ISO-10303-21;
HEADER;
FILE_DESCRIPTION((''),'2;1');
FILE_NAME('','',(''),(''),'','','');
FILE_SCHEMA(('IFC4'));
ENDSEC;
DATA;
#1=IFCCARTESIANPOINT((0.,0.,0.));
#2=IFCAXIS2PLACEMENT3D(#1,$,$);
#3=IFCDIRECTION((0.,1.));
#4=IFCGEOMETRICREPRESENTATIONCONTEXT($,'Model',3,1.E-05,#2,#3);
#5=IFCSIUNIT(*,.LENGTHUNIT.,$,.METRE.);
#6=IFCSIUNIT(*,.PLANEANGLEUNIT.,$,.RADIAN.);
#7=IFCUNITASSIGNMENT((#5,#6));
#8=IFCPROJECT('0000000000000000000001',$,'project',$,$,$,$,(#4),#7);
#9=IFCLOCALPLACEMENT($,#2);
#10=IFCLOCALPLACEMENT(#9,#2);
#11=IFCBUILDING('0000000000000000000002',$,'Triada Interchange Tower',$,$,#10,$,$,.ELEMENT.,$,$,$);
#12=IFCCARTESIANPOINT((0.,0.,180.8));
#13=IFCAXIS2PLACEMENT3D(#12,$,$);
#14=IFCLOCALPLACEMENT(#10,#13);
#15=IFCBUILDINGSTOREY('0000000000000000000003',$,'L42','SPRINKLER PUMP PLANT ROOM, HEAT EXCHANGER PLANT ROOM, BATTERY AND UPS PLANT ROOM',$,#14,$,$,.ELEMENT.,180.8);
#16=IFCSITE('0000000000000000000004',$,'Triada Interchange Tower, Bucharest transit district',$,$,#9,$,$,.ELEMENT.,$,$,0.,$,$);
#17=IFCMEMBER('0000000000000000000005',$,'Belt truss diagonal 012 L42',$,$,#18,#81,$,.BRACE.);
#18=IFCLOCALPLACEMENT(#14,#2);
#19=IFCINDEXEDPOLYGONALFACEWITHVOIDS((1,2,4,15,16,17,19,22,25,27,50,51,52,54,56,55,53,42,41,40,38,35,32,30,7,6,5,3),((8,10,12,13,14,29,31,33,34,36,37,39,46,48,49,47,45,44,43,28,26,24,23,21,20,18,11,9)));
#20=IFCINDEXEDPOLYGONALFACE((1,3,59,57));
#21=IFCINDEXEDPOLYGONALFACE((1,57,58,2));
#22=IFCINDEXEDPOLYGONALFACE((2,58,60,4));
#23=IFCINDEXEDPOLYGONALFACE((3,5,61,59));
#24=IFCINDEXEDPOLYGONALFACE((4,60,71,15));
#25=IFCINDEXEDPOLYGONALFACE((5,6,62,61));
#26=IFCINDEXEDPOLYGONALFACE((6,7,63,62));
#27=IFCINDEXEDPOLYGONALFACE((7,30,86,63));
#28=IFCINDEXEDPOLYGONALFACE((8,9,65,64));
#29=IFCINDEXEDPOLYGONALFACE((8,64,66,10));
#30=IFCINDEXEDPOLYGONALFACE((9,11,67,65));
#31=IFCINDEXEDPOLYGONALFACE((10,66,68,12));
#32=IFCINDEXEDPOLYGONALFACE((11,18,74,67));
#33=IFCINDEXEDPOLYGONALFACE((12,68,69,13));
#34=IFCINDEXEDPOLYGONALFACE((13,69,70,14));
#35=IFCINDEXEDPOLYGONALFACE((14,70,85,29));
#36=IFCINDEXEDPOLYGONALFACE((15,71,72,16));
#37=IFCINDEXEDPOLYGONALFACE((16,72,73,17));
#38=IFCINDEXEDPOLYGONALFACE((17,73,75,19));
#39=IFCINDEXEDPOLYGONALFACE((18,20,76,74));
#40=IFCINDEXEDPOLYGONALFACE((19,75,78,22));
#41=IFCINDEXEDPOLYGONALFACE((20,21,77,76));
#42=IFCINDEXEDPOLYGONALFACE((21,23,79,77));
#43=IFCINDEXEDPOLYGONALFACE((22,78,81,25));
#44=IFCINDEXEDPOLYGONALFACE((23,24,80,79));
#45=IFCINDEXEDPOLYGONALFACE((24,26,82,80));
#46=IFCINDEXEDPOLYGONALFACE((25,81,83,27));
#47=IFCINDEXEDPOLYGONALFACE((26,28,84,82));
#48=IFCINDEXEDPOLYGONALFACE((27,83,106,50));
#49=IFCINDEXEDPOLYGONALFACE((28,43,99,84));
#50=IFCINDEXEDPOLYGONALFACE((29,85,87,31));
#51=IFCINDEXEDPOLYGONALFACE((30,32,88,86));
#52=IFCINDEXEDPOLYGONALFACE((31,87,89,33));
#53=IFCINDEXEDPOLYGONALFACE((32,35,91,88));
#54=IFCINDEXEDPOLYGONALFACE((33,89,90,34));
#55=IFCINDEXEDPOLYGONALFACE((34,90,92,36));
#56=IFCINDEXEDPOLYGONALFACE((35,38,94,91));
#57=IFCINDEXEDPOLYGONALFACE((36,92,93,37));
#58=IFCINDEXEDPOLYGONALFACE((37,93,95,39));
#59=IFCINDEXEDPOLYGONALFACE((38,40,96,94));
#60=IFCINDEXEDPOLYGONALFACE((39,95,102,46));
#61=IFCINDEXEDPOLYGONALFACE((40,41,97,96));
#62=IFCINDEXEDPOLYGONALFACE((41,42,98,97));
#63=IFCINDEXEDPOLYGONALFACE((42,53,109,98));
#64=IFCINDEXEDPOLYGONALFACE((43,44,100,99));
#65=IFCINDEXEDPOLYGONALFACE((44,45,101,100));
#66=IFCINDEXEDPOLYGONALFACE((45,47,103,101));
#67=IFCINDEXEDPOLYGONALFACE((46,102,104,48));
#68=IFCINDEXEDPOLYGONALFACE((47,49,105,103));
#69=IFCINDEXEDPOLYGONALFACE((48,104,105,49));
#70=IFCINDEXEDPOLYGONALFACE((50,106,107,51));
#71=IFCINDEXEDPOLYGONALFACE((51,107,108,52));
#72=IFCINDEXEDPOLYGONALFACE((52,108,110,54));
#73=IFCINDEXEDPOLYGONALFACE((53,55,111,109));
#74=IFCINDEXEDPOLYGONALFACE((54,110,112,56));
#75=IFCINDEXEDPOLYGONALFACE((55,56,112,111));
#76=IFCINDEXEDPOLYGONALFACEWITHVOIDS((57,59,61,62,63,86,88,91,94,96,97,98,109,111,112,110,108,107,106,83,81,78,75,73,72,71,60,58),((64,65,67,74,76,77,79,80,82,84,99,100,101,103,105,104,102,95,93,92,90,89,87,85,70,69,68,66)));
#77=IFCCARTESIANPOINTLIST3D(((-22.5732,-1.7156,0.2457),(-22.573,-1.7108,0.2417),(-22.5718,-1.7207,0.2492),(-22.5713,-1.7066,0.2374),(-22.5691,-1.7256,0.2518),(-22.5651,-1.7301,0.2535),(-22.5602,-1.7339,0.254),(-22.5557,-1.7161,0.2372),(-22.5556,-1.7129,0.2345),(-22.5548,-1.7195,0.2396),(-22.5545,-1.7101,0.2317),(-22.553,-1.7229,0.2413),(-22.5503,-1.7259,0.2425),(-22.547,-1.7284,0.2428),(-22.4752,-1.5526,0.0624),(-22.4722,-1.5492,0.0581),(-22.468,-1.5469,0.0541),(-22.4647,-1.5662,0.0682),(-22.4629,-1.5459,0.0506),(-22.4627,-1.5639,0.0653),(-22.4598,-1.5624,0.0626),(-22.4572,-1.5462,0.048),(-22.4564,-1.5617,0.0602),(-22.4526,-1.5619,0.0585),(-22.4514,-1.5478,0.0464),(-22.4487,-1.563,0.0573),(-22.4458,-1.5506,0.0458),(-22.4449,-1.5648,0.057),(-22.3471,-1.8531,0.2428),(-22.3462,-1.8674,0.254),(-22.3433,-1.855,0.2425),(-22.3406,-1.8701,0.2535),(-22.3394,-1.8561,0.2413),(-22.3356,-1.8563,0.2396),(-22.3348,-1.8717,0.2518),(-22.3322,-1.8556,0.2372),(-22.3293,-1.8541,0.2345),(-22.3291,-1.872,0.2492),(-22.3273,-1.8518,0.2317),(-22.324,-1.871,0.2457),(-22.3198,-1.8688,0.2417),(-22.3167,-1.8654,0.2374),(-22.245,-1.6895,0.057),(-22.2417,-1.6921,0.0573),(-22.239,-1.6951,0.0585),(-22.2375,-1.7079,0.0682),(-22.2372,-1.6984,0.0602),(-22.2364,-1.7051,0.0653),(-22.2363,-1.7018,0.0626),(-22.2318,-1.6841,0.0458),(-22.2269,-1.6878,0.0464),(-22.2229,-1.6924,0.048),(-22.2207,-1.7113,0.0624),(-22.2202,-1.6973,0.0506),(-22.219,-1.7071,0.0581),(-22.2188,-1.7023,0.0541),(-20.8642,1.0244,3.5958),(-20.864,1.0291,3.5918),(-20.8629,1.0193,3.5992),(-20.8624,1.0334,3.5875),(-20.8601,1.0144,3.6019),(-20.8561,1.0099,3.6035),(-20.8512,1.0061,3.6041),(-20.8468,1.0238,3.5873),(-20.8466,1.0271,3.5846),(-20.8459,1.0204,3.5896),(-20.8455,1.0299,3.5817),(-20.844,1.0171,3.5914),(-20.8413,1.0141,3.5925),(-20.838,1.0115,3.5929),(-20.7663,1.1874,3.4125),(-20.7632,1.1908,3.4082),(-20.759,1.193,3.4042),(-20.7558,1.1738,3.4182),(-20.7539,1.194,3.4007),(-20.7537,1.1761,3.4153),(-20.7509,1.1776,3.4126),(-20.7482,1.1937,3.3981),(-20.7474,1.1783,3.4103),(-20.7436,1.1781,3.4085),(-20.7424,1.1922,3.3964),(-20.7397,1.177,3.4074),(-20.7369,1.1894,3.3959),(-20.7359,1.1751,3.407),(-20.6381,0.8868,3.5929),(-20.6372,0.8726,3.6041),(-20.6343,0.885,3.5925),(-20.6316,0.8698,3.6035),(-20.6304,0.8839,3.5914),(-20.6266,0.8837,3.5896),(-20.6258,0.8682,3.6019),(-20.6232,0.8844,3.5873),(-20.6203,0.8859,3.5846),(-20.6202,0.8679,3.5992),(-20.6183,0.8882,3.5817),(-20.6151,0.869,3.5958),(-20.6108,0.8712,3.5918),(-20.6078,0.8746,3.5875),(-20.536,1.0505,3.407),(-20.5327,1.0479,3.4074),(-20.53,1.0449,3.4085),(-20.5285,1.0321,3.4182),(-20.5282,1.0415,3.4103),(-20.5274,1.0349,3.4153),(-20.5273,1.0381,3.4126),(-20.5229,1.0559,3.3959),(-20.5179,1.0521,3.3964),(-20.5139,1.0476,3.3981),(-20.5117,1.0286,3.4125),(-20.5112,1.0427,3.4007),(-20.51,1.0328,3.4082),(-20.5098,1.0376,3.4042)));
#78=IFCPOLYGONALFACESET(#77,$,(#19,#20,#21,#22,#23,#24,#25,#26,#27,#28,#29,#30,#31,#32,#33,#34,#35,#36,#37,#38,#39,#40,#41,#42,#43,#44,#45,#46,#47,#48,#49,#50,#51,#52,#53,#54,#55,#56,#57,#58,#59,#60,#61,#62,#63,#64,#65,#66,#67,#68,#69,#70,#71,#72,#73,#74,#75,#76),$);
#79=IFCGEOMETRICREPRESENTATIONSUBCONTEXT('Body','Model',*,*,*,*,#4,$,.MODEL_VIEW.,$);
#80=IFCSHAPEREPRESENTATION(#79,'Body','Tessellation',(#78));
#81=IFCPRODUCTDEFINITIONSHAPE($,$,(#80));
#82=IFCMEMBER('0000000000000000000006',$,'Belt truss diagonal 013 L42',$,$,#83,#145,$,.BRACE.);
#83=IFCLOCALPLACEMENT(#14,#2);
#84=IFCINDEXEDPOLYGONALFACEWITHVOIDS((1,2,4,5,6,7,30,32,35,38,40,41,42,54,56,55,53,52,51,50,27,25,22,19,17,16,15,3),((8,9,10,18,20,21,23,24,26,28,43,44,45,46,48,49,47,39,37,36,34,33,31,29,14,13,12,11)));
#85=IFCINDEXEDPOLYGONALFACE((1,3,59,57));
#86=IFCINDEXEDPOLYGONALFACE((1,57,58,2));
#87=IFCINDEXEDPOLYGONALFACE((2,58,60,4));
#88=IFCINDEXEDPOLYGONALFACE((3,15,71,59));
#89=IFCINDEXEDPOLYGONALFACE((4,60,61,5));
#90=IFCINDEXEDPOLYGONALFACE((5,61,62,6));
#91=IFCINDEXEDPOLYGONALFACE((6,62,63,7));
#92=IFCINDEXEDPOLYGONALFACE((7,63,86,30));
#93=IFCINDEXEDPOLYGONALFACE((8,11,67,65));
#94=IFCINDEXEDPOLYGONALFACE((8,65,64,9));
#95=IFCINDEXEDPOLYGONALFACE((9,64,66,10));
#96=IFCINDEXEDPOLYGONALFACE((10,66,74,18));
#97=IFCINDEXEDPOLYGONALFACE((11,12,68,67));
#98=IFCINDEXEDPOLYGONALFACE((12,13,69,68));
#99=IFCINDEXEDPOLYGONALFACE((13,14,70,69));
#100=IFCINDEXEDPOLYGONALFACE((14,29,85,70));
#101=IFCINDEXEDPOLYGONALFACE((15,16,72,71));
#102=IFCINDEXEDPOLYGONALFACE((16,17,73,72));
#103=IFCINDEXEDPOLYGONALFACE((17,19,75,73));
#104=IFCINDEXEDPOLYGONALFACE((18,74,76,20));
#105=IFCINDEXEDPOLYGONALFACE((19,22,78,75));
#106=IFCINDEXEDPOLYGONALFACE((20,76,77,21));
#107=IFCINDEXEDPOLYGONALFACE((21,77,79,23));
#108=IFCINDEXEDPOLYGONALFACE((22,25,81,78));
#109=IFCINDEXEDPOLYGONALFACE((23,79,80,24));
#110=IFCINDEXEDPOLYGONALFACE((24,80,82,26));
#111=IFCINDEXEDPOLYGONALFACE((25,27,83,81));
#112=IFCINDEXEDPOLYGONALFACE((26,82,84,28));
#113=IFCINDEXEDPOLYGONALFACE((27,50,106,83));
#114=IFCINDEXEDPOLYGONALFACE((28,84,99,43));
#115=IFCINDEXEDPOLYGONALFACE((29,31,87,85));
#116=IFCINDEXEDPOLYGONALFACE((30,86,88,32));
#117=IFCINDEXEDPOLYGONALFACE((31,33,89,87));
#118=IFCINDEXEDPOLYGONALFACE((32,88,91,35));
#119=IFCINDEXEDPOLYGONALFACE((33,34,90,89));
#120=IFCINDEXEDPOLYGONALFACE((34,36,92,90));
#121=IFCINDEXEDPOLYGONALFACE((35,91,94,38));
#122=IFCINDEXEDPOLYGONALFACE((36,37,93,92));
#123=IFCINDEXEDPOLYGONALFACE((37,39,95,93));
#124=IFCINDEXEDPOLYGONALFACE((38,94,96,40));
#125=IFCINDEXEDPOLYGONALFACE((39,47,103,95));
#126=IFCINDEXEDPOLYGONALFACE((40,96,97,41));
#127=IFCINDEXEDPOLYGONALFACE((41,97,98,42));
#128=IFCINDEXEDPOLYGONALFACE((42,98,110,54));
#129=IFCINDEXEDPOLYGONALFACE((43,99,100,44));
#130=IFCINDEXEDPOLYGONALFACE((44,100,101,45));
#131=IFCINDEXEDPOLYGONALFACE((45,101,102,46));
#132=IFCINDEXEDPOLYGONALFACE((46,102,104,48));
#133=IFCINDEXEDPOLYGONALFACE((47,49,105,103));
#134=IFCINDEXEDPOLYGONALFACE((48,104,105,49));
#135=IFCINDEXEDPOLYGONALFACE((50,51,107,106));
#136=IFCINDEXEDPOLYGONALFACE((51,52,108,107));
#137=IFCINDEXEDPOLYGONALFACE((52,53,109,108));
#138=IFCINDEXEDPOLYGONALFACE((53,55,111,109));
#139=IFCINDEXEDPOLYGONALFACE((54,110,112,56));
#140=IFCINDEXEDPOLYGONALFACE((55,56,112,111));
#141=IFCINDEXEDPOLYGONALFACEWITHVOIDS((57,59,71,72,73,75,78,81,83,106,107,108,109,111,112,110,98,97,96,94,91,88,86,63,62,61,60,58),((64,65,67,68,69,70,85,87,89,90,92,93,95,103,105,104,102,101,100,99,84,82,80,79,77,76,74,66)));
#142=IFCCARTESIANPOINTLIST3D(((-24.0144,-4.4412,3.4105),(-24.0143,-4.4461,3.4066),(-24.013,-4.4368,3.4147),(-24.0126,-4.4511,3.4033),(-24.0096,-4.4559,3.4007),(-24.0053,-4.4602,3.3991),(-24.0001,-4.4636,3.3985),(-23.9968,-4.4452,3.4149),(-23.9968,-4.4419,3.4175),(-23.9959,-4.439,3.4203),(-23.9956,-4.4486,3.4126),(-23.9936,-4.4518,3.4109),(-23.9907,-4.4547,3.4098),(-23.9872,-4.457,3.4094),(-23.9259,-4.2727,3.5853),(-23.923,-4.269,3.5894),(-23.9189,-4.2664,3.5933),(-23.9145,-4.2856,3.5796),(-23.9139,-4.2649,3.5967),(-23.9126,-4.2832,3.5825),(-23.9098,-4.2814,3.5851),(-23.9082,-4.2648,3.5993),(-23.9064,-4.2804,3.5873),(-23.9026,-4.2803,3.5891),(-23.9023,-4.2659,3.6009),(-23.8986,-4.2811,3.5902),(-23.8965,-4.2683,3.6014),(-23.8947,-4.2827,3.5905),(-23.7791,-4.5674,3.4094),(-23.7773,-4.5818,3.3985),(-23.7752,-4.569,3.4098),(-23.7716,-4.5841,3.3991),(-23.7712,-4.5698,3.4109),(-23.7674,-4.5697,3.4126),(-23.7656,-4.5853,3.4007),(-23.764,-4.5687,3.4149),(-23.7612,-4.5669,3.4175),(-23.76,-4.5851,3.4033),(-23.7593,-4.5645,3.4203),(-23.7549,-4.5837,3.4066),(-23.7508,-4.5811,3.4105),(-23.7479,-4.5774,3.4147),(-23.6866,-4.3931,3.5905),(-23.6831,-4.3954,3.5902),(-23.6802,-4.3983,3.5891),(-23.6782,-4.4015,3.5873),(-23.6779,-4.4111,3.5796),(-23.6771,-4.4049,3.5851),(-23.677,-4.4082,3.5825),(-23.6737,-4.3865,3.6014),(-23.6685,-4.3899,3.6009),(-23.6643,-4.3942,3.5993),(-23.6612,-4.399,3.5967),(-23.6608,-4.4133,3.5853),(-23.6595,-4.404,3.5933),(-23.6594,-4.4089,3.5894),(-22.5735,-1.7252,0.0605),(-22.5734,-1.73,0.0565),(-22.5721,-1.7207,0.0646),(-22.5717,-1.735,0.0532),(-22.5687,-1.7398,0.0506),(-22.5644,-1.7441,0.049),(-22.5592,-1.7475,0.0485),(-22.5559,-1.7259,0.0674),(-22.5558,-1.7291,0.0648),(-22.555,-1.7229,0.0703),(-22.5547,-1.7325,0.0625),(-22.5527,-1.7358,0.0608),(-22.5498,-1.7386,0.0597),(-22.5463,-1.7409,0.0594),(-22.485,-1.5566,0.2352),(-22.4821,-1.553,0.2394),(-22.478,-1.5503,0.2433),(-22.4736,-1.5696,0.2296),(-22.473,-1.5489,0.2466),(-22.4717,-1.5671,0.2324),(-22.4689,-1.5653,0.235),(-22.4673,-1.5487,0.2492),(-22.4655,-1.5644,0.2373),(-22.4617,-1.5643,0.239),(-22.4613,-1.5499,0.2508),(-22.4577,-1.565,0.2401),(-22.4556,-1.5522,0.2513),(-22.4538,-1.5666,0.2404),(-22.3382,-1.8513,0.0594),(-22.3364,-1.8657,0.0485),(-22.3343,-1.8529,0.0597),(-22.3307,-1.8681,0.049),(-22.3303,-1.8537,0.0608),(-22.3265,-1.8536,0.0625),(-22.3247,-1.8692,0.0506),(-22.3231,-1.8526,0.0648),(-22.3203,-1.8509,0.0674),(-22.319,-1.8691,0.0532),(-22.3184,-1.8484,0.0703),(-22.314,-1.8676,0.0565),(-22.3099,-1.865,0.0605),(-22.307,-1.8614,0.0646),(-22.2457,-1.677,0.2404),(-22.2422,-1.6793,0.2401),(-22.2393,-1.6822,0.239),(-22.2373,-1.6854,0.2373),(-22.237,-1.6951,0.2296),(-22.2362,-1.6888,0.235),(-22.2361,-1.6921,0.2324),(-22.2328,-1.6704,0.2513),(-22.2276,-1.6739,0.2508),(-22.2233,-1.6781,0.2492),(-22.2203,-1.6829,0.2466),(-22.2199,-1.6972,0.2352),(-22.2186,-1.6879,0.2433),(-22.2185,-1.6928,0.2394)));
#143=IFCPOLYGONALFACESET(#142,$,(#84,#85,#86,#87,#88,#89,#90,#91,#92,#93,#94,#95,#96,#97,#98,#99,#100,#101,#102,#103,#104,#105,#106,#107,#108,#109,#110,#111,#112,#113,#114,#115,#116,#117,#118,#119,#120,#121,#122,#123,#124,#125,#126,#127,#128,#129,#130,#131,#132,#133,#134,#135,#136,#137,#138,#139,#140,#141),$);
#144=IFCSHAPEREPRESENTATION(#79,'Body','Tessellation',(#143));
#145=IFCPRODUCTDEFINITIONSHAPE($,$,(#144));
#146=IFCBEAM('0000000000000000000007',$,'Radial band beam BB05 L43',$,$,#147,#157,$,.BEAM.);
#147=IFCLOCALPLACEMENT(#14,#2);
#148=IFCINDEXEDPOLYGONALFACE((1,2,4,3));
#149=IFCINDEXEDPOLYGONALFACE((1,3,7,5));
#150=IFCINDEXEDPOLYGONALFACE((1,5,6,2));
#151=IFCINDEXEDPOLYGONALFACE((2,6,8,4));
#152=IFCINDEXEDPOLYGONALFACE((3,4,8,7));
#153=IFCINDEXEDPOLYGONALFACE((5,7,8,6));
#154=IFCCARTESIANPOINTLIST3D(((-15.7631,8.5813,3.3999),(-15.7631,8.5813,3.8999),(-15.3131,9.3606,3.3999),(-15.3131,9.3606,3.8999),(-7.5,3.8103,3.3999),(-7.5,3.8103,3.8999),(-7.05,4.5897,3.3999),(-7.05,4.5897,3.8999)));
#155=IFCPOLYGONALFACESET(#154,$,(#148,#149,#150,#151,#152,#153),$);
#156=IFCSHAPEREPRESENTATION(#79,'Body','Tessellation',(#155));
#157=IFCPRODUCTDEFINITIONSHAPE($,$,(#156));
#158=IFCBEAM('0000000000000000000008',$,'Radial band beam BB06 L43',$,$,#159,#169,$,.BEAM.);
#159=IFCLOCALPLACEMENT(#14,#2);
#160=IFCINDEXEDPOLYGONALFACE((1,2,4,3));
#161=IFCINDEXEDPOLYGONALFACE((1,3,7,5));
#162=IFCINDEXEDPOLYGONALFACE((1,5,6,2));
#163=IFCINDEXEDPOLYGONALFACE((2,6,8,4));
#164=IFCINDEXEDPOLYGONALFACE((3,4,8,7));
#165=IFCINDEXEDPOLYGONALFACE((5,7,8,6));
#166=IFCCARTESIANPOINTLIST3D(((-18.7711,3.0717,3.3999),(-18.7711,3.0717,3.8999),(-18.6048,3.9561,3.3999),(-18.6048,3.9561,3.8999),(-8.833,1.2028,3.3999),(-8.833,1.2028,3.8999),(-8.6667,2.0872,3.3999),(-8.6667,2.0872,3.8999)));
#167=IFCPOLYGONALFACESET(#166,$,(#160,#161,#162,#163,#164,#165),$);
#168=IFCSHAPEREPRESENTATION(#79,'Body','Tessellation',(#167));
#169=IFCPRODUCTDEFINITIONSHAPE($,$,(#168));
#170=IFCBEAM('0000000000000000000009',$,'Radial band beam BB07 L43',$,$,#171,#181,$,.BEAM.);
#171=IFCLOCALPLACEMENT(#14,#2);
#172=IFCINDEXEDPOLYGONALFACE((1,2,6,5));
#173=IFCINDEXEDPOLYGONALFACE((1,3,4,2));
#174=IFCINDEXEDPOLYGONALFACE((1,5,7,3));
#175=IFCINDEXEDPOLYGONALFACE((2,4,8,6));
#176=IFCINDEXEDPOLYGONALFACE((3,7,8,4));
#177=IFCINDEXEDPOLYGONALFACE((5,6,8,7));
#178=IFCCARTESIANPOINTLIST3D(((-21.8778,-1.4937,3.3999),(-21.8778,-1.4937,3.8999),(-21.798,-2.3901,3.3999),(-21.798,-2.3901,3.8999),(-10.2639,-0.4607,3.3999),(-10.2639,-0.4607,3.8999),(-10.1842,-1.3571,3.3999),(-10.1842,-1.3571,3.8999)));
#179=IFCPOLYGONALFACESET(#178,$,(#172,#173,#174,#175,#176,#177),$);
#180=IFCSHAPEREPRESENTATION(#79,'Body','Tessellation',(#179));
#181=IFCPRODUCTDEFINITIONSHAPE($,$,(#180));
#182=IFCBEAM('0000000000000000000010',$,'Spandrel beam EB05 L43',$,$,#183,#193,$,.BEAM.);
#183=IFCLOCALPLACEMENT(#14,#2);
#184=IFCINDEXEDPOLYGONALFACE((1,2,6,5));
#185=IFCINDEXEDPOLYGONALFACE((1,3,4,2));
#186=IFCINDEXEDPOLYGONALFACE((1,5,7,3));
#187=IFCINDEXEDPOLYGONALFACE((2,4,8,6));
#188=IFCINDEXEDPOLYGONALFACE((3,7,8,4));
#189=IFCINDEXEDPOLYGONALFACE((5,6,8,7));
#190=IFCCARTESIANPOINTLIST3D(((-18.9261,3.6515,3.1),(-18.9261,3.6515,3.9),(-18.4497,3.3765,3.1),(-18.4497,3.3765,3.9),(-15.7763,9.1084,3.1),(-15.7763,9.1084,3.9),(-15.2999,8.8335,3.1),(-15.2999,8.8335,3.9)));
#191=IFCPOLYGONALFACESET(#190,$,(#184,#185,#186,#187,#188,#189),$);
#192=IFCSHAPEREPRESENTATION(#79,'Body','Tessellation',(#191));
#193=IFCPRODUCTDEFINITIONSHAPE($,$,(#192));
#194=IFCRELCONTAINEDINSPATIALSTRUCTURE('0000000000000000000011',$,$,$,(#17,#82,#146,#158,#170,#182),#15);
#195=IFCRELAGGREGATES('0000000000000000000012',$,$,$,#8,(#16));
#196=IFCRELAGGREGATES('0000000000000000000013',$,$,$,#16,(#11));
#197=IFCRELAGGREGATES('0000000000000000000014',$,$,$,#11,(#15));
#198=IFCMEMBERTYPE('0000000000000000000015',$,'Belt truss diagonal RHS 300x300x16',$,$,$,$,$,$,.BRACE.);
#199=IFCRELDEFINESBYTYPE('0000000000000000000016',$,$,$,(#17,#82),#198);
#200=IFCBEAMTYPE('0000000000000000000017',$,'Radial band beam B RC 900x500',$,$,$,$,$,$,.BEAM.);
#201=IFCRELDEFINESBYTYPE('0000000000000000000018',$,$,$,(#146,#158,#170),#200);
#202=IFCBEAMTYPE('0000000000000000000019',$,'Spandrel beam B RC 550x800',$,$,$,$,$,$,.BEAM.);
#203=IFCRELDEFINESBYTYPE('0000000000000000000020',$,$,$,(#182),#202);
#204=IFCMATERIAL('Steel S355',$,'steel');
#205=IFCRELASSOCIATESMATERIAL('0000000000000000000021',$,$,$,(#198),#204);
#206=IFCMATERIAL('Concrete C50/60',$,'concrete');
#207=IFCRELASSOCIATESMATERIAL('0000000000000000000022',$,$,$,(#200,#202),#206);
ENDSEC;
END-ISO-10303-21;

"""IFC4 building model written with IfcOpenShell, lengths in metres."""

from ifc_helpers import new_model, si_unit, direction, frame, origin, origin_2d, place, context, subcontext, project, spatial, rectangle, hollow_rectangle, extrude, material, material_profile, profile_set, type_object, element, save


model = new_model("IFC4")

# Units and contexts
model_context = context("Model", 3, precision=1e-05, world=origin(), true_north=direction((0.0, 1.0)))
body_context = subcontext(model_context, "Body", "Model", "MODEL_VIEW")
ifc_project = project(units=[si_unit("LENGTHUNIT", "METRE"), si_unit("PLANEANGLEUNIT", "RADIAN")], contexts=[model_context])

# Site, building, storey
site_placement = place(None, origin())
site = spatial("IfcSite", under=ifc_project, at=site_placement, Name="Triada Interchange Tower, Bucharest transit district", CompositionType="ELEMENT", RefElevation=0.0)
building_placement = place(site_placement, origin())
building = spatial("IfcBuilding", under=site, at=building_placement, Name="Triada Interchange Tower", CompositionType="ELEMENT")
storey_placement = place(building_placement, frame((0.0, 0.0, 180.8)))
storey = spatial("IfcBuildingStorey", under=building, at=storey_placement, Name="L42", Description="SPRINKLER PUMP PLANT ROOM, HEAT EXCHANGER PLANT ROOM, BATTERY AND UPS PLANT ROOM", CompositionType="ELEMENT", Elevation=180.8)

# Members
ifc_material_1 = material(Name="Steel S355", Category="steel")
ifc_material_profile_1 = material_profile(ifc_material_1, hollow_rectangle(XDim=0.3, YDim=0.3, WallThickness=0.0161, InnerFilletRadius=0.0161, OuterFilletRadius=0.0239, at=origin_2d()), Name="RHS 300x300x16")
ifc_profile_set_1 = profile_set([ifc_material_profile_1], Name="Steel S355")
member_type = type_object("IfcMemberType", Name="Belt truss diagonal RHS 300x300x16", PredefinedType="BRACE", material=ifc_profile_set_1)
member_1_placement = place(storey_placement, frame((-22.396, -1.709, 0.1499), z_axis=(0.367279, 0.588853, 0.719971), x_axis=(-0.848486, 0.529217, 0.0)))
element("IfcMember", 1, at=member_1_placement, inside=storey, type_object=member_type, Name="Belt truss diagonal 012 L42", PredefinedType="BRACE", context=body_context, shape_type="SweptSolid", body=[
    extrude(hollow_rectangle(XDim=0.3, YDim=0.3, WallThickness=0.0161, InnerFilletRadius=0.0161, OuterFilletRadius=0.0239, at=origin_2d()), origin(), (0.0, 0.0, 1.0), 4.6531),
])
member_2_placement = place(storey_placement, frame((-22.396, -1.709, 0.1499), z_axis=(-0.316885, -0.597314, 0.73675), x_axis=(0.883384, -0.46865, 0.0)))
element("IfcMember", 2, at=member_2_placement, inside=storey, type_object=member_type, Name="Belt truss diagonal 013 L42", PredefinedType="BRACE", context=body_context, shape_type="SweptSolid", body=[
    extrude(hollow_rectangle(XDim=0.3, YDim=0.3, WallThickness=0.0161, InnerFilletRadius=0.0161, OuterFilletRadius=0.0239, at=origin_2d()), origin(), (0.0, 0.0, 1.0), 4.5471),
])

# Beams
ifc_material_2 = material(Name="Concrete C50/60", Category="concrete")
ifc_material_profile_2 = material_profile(ifc_material_2, rectangle(XDim=0.8999, YDim=0.5, at=origin_2d()), Name="RC 900x500")
ifc_profile_set_2 = profile_set([ifc_material_profile_2], Name="Concrete C50/60")
beam_type_1 = type_object("IfcBeamType", Name="Radial band beam B RC 900x500", PredefinedType="BEAM", material=ifc_profile_set_2)
beam_1_placement = place(storey_placement, frame((-15.5381, 8.9709, 3.6499), z_axis=(0.866014, -0.500019, 0.0), x_axis=(0.500019, 0.866014, 0.0)))
element("IfcBeam", 3, at=beam_1_placement, inside=storey, type_object=beam_type_1, Name="Radial band beam BB05 L43", PredefinedType="BEAM", context=body_context, shape_type="SweptSolid", body=[
    extrude(rectangle(XDim=0.8999, YDim=0.5, at=origin_2d()), origin(), (0.0, 0.0, 1.0), 9.5415),
])
beam_2_placement = place(storey_placement, frame((-18.688, 3.5139, 3.6499), z_axis=(0.982773, -0.184816, 0.0), x_axis=(0.184816, 0.982773, 0.0)))
element("IfcBeam", 4, at=beam_2_placement, inside=storey, type_object=beam_type_1, Name="Radial band beam BB06 L43", PredefinedType="BEAM", context=body_context, shape_type="SweptSolid", body=[
    extrude(rectangle(XDim=0.8999, YDim=0.5, at=origin_2d()), origin(), (0.0, 0.0, 1.0), 10.1123),
])
beam_3_placement = place(storey_placement, frame((-21.8379, -1.9419, 3.6499), z_axis=(0.996068, 0.088593, 0.0), x_axis=(-0.088593, 0.996068, 0.0)))
element("IfcBeam", 5, at=beam_3_placement, inside=storey, type_object=beam_type_1, Name="Radial band beam BB07 L43", PredefinedType="BEAM", context=body_context, shape_type="SweptSolid", body=[
    extrude(rectangle(XDim=0.8999, YDim=0.5, at=origin_2d()), origin(), (0.0, 0.0, 1.0), 11.6597),
])
ifc_material_profile_3 = material_profile(ifc_material_2, rectangle(XDim=0.55, YDim=0.8, at=origin_2d()), Name="RC 550x800")
ifc_profile_set_3 = profile_set([ifc_material_profile_3], Name="Concrete C50/60")
beam_type_2 = type_object("IfcBeamType", Name="Spandrel beam B RC 550x800", PredefinedType="BEAM", material=ifc_profile_set_3)
beam_4_placement = place(storey_placement, frame((-15.5381, 8.9709, 3.5), z_axis=(-0.499915, -0.866075, 0.0), x_axis=(0.866075, -0.499915, 0.0)))
element("IfcBeam", 6, at=beam_4_placement, inside=storey, type_object=beam_type_2, Name="Spandrel beam EB05 L43", PredefinedType="BEAM", context=body_context, shape_type="SweptSolid", body=[
    extrude(rectangle(XDim=0.55, YDim=0.8, at=origin_2d()), origin(), (0.0, 0.0, 1.0), 6.3008),
])

save(model, "model.ifc")
